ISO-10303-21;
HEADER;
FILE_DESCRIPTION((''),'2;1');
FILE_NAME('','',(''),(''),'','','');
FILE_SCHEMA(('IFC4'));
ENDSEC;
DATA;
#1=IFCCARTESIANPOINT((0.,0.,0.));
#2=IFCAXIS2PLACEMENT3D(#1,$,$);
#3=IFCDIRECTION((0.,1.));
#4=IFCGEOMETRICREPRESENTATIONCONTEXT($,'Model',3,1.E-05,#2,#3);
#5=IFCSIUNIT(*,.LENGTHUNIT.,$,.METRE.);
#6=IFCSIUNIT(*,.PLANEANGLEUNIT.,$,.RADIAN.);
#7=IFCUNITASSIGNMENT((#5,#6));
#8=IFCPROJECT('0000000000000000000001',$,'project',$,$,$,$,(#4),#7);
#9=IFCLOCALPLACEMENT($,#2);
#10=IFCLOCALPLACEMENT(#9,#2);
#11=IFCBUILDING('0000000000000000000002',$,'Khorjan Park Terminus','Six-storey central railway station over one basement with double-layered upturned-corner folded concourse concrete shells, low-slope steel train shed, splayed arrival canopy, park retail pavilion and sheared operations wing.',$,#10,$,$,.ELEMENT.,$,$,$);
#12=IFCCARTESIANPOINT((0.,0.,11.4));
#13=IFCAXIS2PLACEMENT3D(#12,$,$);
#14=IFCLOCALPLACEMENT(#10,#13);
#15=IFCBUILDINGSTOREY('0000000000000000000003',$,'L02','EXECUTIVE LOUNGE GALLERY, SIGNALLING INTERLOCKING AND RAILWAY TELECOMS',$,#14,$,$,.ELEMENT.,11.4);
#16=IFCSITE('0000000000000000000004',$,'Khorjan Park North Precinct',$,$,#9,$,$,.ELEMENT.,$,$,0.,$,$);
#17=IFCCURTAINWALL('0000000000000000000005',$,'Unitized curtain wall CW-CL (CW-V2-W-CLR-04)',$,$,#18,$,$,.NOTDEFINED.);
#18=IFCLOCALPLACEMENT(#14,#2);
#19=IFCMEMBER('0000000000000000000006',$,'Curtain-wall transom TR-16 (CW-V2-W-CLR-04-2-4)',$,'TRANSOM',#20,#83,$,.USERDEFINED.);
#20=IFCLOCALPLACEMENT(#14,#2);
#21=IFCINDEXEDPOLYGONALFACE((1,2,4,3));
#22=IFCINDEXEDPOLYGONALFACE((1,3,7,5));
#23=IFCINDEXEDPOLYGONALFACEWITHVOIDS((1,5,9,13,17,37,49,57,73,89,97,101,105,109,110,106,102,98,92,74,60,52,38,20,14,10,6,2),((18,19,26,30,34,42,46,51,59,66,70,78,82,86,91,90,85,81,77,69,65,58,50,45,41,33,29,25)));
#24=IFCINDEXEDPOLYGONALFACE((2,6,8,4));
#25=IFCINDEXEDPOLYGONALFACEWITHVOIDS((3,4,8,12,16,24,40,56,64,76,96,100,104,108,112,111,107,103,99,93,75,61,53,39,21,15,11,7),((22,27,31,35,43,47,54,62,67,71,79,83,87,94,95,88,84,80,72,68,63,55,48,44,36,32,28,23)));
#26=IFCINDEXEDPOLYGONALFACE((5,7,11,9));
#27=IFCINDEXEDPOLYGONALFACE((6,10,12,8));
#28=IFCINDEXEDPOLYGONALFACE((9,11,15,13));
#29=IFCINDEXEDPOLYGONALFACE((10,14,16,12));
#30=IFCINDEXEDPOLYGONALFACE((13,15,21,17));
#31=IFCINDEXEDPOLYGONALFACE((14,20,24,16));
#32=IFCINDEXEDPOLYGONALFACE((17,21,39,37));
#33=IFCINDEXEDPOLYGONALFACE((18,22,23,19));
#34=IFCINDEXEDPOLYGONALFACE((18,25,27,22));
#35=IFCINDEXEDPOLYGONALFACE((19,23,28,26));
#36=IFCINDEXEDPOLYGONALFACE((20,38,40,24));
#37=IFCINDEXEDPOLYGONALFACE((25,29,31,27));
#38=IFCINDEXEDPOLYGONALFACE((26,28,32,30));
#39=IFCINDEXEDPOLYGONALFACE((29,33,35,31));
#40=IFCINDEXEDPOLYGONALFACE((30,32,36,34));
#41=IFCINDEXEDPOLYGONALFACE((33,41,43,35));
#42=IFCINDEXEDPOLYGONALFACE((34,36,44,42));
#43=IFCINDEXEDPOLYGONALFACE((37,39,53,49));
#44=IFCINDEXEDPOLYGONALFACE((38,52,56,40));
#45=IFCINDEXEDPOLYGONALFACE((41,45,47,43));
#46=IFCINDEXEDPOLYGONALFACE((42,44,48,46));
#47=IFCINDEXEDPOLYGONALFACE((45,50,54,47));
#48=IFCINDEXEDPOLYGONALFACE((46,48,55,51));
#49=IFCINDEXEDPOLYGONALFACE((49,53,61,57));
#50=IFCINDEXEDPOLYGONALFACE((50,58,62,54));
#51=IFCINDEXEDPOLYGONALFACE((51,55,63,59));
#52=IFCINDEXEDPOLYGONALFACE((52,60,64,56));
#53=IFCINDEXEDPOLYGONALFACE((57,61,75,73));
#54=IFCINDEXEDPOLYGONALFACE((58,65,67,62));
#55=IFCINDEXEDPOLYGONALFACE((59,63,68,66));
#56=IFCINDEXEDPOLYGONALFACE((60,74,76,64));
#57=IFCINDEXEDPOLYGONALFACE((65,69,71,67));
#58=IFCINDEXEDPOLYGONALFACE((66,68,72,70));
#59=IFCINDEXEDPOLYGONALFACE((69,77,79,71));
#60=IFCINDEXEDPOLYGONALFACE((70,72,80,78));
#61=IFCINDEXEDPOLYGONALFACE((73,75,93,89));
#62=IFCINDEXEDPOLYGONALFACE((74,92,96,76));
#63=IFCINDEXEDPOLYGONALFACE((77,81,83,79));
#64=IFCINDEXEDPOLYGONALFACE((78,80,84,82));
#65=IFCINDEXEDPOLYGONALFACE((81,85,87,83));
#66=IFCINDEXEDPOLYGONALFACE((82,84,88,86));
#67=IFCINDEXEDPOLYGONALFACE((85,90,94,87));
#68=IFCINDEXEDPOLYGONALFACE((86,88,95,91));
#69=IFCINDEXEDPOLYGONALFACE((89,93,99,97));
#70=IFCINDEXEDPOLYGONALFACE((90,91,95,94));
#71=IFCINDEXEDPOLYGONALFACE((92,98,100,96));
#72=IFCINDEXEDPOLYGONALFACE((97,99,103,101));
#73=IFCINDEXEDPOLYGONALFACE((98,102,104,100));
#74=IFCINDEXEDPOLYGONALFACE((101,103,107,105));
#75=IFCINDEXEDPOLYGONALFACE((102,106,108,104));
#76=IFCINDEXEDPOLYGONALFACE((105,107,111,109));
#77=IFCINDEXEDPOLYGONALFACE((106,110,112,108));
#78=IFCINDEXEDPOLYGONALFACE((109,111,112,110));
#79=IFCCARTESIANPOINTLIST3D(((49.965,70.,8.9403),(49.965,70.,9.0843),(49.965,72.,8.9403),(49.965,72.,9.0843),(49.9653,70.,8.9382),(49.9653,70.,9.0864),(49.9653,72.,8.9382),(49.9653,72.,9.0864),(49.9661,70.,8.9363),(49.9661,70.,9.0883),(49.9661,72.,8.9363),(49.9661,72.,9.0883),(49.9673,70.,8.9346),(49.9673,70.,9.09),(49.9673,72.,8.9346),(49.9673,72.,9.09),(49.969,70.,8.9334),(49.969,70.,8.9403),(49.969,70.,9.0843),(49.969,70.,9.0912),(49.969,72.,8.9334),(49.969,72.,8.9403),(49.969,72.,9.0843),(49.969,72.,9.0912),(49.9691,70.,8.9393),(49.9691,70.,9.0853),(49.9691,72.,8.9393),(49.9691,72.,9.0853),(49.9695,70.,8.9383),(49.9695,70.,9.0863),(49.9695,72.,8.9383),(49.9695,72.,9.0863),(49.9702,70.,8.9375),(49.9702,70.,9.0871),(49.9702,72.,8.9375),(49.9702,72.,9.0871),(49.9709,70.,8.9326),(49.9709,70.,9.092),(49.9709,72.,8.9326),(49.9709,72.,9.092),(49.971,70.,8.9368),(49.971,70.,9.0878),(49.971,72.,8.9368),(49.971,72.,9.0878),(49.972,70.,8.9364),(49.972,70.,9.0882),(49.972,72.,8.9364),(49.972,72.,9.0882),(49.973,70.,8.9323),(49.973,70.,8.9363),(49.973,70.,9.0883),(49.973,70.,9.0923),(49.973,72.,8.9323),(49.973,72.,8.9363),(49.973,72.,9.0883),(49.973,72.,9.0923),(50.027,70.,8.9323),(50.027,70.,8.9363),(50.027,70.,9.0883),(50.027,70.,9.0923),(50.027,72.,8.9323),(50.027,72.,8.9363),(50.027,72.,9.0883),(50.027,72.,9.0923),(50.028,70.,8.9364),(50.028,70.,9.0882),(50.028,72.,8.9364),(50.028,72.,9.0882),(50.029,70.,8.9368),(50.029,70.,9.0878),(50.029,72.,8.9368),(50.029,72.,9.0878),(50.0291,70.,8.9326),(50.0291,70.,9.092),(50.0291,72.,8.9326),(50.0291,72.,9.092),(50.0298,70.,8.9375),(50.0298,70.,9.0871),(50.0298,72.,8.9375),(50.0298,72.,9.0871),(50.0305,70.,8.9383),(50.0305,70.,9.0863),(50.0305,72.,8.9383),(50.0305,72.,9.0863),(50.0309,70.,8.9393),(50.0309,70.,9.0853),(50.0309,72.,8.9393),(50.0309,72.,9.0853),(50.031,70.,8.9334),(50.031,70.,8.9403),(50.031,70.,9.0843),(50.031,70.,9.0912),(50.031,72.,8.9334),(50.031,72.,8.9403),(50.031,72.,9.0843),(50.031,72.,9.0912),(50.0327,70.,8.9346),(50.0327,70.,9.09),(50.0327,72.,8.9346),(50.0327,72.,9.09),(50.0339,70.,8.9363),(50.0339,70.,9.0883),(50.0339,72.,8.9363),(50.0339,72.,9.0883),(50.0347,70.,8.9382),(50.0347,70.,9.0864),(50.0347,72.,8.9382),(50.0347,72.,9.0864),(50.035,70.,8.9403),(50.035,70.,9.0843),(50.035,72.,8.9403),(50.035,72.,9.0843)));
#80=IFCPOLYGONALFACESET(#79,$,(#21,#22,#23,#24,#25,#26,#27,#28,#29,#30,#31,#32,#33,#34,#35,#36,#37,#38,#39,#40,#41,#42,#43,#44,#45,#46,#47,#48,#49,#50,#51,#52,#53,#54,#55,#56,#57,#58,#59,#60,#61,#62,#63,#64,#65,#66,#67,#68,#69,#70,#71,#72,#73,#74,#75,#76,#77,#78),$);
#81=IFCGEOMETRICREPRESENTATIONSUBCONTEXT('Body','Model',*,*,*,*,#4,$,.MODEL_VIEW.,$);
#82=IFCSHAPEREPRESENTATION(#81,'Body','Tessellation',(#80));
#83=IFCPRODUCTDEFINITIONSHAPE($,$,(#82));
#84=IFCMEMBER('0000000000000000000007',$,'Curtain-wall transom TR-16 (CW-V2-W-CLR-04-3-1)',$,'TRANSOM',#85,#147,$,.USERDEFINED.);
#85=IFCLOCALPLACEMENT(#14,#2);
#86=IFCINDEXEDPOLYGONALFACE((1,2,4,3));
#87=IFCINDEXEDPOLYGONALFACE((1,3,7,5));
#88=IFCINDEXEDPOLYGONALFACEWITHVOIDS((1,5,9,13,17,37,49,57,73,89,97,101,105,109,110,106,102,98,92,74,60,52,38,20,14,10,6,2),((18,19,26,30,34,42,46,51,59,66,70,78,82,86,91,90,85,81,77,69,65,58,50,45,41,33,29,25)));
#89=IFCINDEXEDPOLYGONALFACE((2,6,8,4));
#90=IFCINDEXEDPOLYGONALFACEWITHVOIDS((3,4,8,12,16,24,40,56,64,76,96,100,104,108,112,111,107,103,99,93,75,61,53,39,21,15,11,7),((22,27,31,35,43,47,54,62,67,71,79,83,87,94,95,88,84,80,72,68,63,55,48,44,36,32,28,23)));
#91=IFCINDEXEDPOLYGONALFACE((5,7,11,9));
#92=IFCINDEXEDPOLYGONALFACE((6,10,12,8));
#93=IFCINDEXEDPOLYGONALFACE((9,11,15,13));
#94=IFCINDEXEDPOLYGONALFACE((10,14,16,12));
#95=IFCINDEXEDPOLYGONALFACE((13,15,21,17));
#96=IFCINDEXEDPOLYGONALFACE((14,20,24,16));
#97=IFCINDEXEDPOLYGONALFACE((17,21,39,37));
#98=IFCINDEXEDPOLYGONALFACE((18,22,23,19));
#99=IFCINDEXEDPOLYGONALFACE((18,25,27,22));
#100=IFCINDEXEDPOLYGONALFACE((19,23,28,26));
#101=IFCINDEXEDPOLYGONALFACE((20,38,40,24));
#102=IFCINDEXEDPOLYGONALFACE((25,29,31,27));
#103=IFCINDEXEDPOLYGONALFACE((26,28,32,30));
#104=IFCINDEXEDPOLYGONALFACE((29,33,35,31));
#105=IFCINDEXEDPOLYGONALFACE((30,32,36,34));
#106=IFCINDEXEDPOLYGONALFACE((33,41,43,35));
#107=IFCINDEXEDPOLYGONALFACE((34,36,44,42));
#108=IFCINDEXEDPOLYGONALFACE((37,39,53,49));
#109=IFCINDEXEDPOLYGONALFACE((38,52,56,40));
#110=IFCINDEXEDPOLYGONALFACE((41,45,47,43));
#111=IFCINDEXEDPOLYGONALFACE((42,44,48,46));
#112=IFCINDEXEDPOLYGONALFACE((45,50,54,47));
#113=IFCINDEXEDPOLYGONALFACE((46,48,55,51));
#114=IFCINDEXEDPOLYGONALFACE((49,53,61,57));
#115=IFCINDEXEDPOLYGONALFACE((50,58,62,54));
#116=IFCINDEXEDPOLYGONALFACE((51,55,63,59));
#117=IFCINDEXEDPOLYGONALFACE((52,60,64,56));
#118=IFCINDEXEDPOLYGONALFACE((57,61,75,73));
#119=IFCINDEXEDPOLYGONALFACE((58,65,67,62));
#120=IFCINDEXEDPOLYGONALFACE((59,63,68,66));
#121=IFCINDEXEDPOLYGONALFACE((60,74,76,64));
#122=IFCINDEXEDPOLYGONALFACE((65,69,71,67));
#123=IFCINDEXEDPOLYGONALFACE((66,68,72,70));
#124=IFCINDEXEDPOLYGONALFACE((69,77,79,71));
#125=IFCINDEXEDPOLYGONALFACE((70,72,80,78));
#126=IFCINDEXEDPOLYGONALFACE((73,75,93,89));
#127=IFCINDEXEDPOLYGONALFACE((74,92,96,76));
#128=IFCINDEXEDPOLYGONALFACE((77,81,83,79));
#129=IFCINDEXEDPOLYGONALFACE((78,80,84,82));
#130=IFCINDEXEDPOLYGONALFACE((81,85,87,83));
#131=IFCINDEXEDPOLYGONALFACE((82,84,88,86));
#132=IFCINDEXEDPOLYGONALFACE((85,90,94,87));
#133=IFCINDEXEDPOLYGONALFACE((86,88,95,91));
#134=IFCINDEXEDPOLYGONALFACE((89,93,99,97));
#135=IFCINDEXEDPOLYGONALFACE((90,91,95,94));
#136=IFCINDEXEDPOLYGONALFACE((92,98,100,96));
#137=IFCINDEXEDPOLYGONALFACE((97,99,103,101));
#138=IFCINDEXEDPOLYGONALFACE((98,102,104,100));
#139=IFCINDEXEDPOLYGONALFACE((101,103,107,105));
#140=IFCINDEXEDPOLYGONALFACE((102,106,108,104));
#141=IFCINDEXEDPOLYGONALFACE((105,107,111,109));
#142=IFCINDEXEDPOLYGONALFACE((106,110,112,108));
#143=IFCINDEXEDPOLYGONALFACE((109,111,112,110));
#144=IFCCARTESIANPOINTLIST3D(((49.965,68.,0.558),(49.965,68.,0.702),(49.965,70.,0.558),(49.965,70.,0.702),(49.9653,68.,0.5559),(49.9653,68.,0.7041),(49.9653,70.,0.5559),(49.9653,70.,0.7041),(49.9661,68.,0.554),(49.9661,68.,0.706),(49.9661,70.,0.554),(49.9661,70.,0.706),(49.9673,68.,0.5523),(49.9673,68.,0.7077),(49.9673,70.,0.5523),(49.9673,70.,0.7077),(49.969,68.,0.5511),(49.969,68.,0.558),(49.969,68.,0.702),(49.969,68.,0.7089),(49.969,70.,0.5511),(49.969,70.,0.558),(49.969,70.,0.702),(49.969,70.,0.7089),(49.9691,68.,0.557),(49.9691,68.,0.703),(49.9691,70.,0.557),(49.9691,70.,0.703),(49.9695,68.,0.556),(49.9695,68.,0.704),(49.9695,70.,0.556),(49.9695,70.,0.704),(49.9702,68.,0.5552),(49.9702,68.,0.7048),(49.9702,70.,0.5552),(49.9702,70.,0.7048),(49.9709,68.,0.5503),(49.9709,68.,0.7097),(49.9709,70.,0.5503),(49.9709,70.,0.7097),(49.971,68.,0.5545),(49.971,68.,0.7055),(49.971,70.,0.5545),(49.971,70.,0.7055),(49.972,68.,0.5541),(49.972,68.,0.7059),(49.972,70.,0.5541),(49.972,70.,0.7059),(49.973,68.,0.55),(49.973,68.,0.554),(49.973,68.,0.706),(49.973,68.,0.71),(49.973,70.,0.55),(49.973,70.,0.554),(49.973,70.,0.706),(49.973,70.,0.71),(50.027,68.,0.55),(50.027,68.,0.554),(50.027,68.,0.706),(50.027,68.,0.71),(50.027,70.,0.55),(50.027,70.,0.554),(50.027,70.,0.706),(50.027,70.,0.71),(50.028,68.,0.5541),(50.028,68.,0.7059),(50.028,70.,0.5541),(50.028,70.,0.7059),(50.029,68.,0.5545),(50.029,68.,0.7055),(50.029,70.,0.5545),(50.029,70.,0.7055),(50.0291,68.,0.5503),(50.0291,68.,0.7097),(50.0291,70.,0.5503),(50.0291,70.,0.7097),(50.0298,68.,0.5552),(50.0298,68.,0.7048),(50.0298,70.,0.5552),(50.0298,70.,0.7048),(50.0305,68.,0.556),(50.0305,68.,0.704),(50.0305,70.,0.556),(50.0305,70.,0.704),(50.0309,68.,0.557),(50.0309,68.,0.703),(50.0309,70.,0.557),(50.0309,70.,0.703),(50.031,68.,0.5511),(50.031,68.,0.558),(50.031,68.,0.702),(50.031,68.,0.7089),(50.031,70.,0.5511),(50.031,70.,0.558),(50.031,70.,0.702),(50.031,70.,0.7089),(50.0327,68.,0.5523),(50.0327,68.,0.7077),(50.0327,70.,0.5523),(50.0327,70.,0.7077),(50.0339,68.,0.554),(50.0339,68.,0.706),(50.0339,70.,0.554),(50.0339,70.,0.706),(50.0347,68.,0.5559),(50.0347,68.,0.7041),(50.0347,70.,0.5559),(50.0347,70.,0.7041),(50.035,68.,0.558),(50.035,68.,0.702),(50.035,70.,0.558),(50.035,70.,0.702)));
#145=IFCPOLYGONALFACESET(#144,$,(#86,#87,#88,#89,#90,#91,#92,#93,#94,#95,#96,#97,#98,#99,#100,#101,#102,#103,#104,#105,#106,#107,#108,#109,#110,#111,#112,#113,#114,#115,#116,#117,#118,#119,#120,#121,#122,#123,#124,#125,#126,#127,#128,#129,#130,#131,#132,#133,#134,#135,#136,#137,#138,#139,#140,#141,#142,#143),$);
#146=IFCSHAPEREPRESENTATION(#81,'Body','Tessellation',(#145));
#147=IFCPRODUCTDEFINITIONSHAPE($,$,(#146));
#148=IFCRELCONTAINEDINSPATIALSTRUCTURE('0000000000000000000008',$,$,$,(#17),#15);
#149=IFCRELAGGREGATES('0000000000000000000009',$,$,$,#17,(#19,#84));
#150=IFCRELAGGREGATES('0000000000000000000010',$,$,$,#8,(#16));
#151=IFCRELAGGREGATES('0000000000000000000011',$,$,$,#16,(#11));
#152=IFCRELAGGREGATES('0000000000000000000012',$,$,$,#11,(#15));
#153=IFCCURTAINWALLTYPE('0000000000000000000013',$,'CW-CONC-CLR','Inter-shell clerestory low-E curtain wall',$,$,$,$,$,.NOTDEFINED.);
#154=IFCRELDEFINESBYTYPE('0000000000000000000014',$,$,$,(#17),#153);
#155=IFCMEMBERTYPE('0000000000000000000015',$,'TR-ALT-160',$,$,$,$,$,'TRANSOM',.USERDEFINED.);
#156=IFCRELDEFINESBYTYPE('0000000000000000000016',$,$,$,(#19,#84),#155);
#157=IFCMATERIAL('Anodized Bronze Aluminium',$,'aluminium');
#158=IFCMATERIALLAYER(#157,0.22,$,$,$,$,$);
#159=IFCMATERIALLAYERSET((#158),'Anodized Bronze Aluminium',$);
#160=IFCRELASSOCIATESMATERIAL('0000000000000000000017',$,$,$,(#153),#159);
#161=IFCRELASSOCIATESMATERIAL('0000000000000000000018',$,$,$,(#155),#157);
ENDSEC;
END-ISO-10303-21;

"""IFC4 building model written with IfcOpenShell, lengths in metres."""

from ifc_helpers import new_model, si_unit, direction, frame, origin, origin_2d, place, context, subcontext, project, spatial, hollow_rectangle, extrude, material, layer, layer_set, material_profile, profile_set, type_object, element, aggregate, save


model = new_model("IFC4")

# Units and contexts
model_context = context("Model", 3, precision=1e-05, world=origin(), true_north=direction((0.0, 1.0)))
body_context = subcontext(model_context, "Body", "Model", "MODEL_VIEW")
ifc_project = project(units=[si_unit("LENGTHUNIT", "METRE"), si_unit("PLANEANGLEUNIT", "RADIAN")], contexts=[model_context])

# Site, building, storey
site_placement = place(None, origin())
site = spatial("IfcSite", under=ifc_project, at=site_placement, Name="Khorjan Park North Precinct", CompositionType="ELEMENT", RefElevation=0.0)
building_placement = place(site_placement, origin())
building = spatial("IfcBuilding", under=site, at=building_placement, Name="Khorjan Park Terminus", Description="Six-storey central railway station over one basement with double-layered upturned-corner folded concourse concrete shells, low-slope steel train shed, splayed arrival canopy, park retail pavilion and sheared operations wing.", CompositionType="ELEMENT")
storey_placement = place(building_placement, frame((0.0, 0.0, 11.4)))
storey = spatial("IfcBuildingStorey", under=building, at=storey_placement, Name="L02", Description="EXECUTIVE LOUNGE GALLERY, SIGNALLING INTERLOCKING AND RAILWAY TELECOMS", CompositionType="ELEMENT", Elevation=11.4)

# Curtain wall, members
ifc_material_1 = material(Name="Anodized Bronze Aluminium", Category="aluminium")
ifc_layer_1 = layer(ifc_material_1, 0.22)
ifc_layer_set_1 = layer_set([ifc_layer_1], Name="Anodized Bronze Aluminium")
curtain_wall_type = type_object("IfcCurtainWallType", Name="CW-CONC-CLR", Description="Inter-shell clerestory low-E curtain wall", PredefinedType="NOTDEFINED", material=ifc_layer_set_1)
curtain_wall_1_placement = place(storey_placement, origin())
curtain_wall_1 = element("IfcCurtainWall", 1, at=curtain_wall_1_placement, inside=storey, type_object=curtain_wall_type, Name="Unitized curtain wall CW-CL (CW-V2-W-CLR-04)", PredefinedType="NOTDEFINED")
ifc_material_profile_1 = material_profile(ifc_material_1, hollow_rectangle(XDim=0.07, YDim=0.16, WallThickness=0.004, InnerFilletRadius=0.004, OuterFilletRadius=0.008, at=origin_2d()), Name="ALT 70x160x4")
ifc_profile_set_1 = profile_set([ifc_material_profile_1], Name="Anodized Bronze Aluminium")
member_type_1 = type_object("IfcMemberType", Name="TR-ALT-160", ElementType="TRANSOM", PredefinedType="USERDEFINED", material=ifc_profile_set_1)
member_1_placement = place(storey_placement, frame((50.0, 72.0, 9.0123), z_axis=(0.0, -1.0, 0.0), x_axis=(1.0, 0.0, 0.0)))
member_1 = element("IfcMember", 2, at=member_1_placement, type_object=member_type_1, Name="Curtain-wall transom TR-16 (CW-V2-W-CLR-04-2-4)", ObjectType="TRANSOM", PredefinedType="USERDEFINED", context=body_context, shape_type="SweptSolid", body=[
    extrude(hollow_rectangle(XDim=0.07, YDim=0.16, WallThickness=0.004, InnerFilletRadius=0.004, OuterFilletRadius=0.008, at=origin_2d()), origin(), (0.0, 0.0, 1.0), 2.0),
])
member_2_placement = place(storey_placement, frame((50.0, 70.0, 0.63), z_axis=(0.0, -1.0, 0.0), x_axis=(1.0, 0.0, 0.0)))
member_2 = element("IfcMember", 3, at=member_2_placement, type_object=member_type_1, Name="Curtain-wall transom TR-16 (CW-V2-W-CLR-04-3-1)", ObjectType="TRANSOM", PredefinedType="USERDEFINED", context=body_context, shape_type="SweptSolid", body=[
    extrude(hollow_rectangle(XDim=0.07, YDim=0.16, WallThickness=0.004, InnerFilletRadius=0.004, OuterFilletRadius=0.008, at=origin_2d()), origin(), (0.0, 0.0, 1.0), 2.0),
])

aggregate(curtain_wall_1, [member_1, member_2])

save(model, "model.ifc")
